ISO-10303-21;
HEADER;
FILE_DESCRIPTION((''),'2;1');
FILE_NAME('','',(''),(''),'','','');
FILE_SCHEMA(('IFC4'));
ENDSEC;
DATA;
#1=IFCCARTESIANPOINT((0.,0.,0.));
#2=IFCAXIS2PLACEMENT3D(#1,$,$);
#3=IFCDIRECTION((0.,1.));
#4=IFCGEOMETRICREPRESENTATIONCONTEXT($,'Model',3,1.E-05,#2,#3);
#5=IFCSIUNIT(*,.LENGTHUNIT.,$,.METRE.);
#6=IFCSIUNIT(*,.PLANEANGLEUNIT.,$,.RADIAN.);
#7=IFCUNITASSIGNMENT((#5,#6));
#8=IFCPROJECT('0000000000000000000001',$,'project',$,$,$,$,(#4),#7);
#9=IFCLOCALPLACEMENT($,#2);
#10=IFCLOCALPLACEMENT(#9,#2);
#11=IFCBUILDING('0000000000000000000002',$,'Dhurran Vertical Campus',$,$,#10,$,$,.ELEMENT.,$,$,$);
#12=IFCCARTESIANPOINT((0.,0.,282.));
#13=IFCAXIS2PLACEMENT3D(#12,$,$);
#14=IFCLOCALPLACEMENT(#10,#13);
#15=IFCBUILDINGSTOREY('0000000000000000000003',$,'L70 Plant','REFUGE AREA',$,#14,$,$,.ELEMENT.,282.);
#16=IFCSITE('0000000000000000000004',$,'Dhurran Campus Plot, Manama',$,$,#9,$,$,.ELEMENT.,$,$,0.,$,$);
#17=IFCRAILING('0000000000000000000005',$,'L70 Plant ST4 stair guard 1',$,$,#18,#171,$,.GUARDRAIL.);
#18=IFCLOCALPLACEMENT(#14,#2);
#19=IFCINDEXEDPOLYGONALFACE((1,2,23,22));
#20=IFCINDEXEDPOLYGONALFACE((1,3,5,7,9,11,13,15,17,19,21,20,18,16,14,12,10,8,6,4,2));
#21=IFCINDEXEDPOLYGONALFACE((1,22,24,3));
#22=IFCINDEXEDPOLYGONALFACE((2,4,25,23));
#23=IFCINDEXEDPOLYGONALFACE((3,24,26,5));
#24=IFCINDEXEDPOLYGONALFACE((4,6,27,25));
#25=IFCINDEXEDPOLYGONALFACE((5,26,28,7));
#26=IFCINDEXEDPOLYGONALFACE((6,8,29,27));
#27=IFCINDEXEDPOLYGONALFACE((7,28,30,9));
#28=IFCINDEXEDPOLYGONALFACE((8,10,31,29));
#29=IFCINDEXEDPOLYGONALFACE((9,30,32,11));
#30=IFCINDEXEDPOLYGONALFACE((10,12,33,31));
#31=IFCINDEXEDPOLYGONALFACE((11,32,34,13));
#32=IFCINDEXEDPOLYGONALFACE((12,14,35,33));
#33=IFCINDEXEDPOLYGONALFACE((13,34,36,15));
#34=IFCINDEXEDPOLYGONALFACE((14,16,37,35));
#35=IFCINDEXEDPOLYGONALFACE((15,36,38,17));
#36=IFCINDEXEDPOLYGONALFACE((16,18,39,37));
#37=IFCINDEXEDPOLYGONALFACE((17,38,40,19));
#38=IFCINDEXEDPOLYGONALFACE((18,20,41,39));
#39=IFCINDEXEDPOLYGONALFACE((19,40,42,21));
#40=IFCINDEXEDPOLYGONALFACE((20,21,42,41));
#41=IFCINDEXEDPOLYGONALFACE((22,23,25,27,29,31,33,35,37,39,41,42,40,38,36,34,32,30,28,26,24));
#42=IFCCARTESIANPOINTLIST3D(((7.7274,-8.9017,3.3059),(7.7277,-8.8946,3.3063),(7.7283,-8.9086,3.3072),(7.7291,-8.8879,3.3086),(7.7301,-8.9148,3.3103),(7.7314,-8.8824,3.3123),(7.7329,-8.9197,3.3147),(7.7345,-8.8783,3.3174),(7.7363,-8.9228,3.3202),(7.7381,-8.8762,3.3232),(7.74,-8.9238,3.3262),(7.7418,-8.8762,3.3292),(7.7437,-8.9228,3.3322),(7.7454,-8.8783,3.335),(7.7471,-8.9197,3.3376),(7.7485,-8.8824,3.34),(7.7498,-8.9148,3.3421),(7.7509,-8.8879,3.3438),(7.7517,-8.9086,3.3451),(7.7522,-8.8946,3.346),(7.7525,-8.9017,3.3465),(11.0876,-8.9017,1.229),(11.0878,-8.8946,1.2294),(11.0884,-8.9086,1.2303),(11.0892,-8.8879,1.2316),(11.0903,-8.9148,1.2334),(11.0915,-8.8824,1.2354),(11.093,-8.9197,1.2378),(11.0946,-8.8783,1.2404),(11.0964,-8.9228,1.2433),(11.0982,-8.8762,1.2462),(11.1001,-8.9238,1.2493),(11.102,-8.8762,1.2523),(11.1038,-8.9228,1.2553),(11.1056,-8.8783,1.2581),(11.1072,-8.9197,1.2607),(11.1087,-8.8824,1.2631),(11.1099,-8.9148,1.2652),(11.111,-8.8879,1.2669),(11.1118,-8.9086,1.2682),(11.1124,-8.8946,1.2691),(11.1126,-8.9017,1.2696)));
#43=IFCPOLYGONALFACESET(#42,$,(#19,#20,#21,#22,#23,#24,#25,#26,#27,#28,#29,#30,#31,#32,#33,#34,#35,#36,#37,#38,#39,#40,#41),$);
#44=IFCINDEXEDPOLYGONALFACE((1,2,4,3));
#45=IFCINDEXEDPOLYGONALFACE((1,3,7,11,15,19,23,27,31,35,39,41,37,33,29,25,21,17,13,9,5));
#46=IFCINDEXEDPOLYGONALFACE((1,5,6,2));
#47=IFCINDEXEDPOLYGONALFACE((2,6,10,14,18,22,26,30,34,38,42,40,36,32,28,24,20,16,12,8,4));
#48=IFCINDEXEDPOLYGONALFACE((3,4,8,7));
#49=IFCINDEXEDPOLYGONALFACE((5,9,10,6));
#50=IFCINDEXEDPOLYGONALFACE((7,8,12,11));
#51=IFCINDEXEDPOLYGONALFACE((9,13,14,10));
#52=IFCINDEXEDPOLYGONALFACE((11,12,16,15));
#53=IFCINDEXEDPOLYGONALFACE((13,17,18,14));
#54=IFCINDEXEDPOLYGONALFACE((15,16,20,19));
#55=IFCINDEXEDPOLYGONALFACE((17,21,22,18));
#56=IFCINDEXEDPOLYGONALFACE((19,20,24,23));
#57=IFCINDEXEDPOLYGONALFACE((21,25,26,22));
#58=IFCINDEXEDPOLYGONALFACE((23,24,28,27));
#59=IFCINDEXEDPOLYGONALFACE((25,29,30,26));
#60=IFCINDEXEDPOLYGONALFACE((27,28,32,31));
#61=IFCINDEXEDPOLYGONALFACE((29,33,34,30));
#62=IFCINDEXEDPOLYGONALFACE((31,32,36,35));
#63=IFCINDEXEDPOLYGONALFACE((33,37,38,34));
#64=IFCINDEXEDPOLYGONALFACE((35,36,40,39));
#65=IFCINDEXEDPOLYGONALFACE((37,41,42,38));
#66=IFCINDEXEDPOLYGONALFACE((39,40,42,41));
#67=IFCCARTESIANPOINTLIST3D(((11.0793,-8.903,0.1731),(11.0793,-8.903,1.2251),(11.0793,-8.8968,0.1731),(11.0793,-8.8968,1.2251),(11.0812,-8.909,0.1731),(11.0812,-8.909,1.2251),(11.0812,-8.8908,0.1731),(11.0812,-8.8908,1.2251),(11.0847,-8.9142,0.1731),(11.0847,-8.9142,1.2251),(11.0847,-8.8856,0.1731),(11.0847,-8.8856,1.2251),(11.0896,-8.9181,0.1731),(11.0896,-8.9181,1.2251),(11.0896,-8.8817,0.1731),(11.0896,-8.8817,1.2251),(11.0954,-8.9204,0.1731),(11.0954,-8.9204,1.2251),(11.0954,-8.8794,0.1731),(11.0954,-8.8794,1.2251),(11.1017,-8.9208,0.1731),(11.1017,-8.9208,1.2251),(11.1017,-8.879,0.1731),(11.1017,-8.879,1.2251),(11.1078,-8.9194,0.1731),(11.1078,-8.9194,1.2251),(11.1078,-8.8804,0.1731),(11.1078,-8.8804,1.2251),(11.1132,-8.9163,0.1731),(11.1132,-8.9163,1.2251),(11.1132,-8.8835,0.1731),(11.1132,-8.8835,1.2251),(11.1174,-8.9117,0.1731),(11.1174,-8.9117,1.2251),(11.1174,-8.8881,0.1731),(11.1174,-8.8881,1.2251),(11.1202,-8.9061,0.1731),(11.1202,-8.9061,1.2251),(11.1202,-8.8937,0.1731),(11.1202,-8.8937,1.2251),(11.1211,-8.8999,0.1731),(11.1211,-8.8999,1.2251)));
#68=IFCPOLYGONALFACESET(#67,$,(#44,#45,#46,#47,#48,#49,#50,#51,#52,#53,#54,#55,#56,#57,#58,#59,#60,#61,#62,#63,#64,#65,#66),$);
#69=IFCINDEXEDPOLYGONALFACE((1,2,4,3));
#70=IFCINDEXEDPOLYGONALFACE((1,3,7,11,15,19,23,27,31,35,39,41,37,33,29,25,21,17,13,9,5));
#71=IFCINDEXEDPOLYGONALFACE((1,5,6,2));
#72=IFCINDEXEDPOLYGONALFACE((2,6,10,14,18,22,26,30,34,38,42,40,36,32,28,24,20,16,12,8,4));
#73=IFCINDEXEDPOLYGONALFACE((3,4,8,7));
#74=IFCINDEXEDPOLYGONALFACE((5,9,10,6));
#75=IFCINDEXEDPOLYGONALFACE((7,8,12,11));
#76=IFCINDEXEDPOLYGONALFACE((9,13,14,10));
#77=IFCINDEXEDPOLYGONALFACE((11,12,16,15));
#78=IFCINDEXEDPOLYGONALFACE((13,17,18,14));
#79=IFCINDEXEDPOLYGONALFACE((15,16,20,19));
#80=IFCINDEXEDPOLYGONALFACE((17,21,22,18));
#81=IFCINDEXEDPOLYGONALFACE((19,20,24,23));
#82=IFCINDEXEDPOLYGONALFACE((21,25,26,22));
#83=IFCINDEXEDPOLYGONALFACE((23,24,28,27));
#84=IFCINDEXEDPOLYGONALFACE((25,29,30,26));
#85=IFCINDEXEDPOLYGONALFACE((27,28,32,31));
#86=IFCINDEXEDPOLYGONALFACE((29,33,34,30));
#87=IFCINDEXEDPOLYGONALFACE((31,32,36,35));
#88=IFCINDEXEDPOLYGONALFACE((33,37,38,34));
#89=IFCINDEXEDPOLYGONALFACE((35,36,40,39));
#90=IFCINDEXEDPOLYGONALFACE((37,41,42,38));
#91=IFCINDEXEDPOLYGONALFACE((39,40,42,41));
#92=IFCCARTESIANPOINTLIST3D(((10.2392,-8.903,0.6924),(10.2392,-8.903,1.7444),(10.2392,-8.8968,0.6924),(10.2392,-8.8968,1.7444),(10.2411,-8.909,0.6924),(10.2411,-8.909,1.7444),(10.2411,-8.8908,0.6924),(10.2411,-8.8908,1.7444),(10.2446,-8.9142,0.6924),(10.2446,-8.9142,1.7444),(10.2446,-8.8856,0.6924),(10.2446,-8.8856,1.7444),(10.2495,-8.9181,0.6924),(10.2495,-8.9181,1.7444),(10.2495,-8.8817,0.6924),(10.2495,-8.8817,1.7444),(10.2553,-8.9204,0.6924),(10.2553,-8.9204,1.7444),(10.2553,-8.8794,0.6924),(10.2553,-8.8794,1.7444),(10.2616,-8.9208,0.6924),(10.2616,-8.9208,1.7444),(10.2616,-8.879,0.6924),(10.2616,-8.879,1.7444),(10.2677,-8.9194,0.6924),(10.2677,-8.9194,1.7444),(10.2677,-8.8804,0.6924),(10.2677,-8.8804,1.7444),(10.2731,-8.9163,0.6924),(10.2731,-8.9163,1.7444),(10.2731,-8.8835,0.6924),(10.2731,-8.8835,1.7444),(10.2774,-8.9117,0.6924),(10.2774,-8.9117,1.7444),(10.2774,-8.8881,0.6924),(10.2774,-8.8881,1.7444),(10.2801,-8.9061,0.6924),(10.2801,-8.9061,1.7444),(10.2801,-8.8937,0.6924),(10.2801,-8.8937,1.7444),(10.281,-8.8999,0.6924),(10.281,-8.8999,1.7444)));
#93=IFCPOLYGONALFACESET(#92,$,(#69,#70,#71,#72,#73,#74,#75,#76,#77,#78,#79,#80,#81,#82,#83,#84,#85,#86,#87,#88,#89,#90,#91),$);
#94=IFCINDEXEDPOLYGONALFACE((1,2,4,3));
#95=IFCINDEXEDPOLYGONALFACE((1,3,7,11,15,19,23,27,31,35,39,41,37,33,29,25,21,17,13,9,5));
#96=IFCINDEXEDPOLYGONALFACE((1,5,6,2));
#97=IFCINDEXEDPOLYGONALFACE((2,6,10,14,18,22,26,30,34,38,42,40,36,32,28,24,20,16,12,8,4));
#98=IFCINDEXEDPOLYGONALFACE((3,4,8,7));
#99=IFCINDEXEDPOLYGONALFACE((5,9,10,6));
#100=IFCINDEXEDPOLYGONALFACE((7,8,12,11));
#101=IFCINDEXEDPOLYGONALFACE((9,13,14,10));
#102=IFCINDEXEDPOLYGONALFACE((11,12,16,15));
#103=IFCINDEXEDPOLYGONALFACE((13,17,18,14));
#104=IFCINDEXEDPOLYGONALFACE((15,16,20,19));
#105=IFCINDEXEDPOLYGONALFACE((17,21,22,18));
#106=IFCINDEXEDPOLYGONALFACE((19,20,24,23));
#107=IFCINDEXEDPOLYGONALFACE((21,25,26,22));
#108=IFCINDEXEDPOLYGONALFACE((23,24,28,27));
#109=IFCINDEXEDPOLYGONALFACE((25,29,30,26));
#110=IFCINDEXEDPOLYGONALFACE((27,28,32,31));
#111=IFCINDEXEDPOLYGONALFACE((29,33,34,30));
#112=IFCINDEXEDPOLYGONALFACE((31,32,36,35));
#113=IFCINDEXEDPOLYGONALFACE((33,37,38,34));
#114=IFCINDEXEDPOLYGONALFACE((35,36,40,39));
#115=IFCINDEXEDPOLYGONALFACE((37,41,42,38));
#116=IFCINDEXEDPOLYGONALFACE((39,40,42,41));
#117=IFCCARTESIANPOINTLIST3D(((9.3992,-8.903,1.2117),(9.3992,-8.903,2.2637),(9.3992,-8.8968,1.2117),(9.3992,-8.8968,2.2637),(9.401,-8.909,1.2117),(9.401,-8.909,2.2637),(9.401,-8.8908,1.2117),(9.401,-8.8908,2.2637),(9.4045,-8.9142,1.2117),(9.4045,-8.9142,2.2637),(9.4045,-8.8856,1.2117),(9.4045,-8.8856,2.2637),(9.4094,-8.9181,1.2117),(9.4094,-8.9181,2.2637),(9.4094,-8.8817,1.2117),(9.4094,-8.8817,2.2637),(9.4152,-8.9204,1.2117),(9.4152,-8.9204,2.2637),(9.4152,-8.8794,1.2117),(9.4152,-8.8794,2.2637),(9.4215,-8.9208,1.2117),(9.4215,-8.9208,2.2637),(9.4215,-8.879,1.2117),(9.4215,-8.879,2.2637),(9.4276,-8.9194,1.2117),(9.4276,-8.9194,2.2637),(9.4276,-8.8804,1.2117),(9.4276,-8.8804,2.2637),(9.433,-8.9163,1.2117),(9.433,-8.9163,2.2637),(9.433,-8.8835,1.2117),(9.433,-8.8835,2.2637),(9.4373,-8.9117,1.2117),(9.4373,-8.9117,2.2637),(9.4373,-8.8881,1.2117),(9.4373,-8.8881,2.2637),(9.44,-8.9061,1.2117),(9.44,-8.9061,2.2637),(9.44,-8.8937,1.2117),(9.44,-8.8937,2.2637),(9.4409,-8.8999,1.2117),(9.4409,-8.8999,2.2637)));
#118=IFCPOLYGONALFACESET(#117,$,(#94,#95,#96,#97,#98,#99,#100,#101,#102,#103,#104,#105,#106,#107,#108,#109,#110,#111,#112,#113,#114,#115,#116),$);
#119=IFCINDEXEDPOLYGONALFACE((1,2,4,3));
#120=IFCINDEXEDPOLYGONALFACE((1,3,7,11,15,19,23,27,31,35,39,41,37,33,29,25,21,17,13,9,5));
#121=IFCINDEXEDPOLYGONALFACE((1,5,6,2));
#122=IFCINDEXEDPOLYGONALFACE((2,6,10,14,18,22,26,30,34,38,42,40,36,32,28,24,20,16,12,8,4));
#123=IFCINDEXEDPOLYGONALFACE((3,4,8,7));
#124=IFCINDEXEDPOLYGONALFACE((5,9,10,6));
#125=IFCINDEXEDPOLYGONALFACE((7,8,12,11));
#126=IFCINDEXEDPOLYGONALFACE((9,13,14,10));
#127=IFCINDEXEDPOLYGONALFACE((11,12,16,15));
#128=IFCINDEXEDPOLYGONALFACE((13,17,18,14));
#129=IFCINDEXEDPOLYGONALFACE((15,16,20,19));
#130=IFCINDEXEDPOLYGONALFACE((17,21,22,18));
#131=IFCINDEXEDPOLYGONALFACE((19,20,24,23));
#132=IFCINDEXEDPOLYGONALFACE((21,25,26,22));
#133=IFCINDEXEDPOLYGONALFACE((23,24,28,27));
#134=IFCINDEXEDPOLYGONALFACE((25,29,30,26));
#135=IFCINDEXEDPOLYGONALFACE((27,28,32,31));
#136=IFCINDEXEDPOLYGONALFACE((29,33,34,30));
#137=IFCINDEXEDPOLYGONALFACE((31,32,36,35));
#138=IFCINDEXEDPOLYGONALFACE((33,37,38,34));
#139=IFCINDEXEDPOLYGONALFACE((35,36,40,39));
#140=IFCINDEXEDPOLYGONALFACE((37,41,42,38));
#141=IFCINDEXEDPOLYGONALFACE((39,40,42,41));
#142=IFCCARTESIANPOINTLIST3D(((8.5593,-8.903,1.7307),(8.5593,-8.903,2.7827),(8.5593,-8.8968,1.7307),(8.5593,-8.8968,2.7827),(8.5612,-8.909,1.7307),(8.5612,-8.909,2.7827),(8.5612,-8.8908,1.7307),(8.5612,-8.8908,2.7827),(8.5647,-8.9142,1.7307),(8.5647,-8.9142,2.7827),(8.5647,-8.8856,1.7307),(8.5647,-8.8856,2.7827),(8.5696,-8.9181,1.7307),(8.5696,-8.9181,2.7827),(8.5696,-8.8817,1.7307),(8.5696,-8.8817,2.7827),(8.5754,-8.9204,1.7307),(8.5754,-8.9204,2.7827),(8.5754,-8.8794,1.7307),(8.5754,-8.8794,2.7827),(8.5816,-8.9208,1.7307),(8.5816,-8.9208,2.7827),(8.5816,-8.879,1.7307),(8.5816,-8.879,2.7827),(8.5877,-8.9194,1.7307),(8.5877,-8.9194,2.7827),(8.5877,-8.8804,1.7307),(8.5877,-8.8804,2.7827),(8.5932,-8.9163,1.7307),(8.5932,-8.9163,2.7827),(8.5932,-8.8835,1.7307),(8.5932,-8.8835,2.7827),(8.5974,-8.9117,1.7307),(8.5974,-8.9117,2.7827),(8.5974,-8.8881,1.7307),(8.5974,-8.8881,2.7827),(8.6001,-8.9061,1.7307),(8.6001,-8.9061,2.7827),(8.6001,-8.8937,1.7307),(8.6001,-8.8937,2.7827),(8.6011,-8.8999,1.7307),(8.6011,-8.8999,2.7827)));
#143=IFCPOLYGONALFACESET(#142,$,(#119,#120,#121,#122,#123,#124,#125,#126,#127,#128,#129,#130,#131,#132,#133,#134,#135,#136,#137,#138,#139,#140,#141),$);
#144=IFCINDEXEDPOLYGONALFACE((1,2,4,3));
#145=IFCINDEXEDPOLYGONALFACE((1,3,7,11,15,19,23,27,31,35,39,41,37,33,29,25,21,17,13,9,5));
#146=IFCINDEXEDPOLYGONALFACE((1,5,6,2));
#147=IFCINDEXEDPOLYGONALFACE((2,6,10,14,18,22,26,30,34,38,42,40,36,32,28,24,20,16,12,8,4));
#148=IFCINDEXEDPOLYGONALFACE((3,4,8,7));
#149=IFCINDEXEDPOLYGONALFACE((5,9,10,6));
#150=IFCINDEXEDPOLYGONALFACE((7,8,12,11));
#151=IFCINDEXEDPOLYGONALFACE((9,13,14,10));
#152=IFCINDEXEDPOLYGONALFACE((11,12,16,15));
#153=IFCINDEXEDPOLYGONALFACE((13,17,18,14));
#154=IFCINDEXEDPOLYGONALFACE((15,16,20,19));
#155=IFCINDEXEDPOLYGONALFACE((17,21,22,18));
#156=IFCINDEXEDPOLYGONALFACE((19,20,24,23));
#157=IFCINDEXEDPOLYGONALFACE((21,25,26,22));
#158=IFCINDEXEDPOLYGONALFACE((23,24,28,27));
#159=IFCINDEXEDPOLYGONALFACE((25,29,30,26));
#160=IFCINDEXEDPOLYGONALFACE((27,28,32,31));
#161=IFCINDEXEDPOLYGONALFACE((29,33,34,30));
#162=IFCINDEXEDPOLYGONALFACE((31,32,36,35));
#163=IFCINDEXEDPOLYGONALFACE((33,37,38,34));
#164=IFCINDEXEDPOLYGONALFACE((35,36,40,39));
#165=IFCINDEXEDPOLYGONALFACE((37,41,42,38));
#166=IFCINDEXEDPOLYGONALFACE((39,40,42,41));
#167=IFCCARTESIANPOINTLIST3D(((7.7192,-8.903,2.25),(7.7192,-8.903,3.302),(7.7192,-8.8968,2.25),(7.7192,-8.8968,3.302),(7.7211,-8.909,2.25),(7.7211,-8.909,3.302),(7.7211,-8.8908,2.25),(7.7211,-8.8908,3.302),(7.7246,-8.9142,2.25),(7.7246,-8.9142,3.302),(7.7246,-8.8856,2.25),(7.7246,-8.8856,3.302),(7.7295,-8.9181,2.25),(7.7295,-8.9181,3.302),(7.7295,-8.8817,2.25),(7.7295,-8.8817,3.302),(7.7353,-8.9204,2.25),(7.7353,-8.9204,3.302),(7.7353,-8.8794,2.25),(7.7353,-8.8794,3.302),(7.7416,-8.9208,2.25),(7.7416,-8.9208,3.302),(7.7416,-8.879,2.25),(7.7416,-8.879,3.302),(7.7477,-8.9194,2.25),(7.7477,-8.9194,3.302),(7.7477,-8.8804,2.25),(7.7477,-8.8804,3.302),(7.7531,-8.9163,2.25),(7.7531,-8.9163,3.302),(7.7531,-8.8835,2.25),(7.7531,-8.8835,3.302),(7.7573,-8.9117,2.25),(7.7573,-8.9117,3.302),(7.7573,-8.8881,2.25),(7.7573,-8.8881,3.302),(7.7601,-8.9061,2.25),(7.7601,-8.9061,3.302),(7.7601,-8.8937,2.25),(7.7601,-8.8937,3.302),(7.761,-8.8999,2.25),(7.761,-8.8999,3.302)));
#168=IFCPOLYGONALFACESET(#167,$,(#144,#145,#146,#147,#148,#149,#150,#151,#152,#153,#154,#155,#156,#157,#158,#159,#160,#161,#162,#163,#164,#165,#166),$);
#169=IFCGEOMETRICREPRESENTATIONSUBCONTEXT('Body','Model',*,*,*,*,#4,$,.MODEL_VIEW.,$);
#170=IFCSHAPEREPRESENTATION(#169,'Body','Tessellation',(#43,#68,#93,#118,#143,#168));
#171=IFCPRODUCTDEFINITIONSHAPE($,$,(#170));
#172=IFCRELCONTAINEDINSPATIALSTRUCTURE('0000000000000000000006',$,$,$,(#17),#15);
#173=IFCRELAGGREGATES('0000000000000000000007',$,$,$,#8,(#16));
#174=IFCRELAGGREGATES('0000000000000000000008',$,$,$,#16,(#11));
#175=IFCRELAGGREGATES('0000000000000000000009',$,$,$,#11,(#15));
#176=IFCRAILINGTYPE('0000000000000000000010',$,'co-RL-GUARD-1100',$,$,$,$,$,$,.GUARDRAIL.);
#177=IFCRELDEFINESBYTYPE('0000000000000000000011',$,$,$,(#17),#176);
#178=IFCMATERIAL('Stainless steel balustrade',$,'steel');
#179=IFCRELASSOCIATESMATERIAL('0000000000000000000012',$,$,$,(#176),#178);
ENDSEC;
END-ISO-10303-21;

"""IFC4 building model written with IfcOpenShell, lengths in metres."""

from ifc_helpers import new_model, si_unit, direction, frame, origin, origin_2d, place, context, subcontext, project, spatial, circle, extrude, material, type_object, element, save


model = new_model("IFC4")

# Units and contexts
model_context = context("Model", 3, precision=1e-05, world=origin(), true_north=direction((0.0, 1.0)))
body_context = subcontext(model_context, "Body", "Model", "MODEL_VIEW")
ifc_project = project(units=[si_unit("LENGTHUNIT", "METRE"), si_unit("PLANEANGLEUNIT", "RADIAN")], contexts=[model_context])

# Site, building, storey
site_placement = place(None, origin())
site = spatial("IfcSite", under=ifc_project, at=site_placement, Name="Dhurran Campus Plot, Manama", CompositionType="ELEMENT", RefElevation=0.0)
building_placement = place(site_placement, origin())
building = spatial("IfcBuilding", under=site, at=building_placement, Name="Dhurran Vertical Campus", CompositionType="ELEMENT")
storey_placement = place(building_placement, frame((0.0, 0.0, 282.0)))
storey = spatial("IfcBuildingStorey", under=building, at=storey_placement, Name="L70 Plant", Description="REFUGE AREA", CompositionType="ELEMENT", Elevation=282.0)

# Railing
ifc_material_1 = material(Name="Stainless steel balustrade", Category="steel")
railing_type_1 = type_object("IfcRailingType", Name="co-RL-GUARD-1100", PredefinedType="GUARDRAIL", material=ifc_material_1)
railing_1_placement = place(storey_placement, frame((11.1001, -8.8999, 0.1731)))
element("IfcRailing", 1, at=railing_1_placement, inside=storey, type_object=railing_type_1, Name="L70 Plant ST4 stair guard 1", PredefinedType="GUARDRAIL", context=body_context, shape_type="SweptSolid", body=[
    extrude(circle(Radius=0.0239, at=origin_2d()), frame((0.0, 0.0, 1.0762), z_axis=(-0.850623, 0.0, 0.525776), x_axis=(0.0, -1.0, 0.0)), (0.0, 0.0, 1.0), 3.9502),
    extrude(circle(Radius=0.021, at=origin_2d()), origin(), (0.0, 0.0, 1.0), 1.052),
    extrude(circle(Radius=0.021, at=origin_2d()), frame((-0.8401, 0.0, 0.5193)), (0.0, 0.0, 1.0), 1.052),
    extrude(circle(Radius=0.021, at=origin_2d()), frame((-1.6802, 0.0, 1.0386)), (0.0, 0.0, 1.0), 1.052),
    extrude(circle(Radius=0.021, at=origin_2d()), frame((-2.52, 0.0, 1.5576)), (0.0, 0.0, 1.0), 1.052),
    extrude(circle(Radius=0.021, at=origin_2d()), frame((-3.3601, 0.0, 2.0769)), (0.0, 0.0, 1.0), 1.052),
])

save(model, "model.ifc")
